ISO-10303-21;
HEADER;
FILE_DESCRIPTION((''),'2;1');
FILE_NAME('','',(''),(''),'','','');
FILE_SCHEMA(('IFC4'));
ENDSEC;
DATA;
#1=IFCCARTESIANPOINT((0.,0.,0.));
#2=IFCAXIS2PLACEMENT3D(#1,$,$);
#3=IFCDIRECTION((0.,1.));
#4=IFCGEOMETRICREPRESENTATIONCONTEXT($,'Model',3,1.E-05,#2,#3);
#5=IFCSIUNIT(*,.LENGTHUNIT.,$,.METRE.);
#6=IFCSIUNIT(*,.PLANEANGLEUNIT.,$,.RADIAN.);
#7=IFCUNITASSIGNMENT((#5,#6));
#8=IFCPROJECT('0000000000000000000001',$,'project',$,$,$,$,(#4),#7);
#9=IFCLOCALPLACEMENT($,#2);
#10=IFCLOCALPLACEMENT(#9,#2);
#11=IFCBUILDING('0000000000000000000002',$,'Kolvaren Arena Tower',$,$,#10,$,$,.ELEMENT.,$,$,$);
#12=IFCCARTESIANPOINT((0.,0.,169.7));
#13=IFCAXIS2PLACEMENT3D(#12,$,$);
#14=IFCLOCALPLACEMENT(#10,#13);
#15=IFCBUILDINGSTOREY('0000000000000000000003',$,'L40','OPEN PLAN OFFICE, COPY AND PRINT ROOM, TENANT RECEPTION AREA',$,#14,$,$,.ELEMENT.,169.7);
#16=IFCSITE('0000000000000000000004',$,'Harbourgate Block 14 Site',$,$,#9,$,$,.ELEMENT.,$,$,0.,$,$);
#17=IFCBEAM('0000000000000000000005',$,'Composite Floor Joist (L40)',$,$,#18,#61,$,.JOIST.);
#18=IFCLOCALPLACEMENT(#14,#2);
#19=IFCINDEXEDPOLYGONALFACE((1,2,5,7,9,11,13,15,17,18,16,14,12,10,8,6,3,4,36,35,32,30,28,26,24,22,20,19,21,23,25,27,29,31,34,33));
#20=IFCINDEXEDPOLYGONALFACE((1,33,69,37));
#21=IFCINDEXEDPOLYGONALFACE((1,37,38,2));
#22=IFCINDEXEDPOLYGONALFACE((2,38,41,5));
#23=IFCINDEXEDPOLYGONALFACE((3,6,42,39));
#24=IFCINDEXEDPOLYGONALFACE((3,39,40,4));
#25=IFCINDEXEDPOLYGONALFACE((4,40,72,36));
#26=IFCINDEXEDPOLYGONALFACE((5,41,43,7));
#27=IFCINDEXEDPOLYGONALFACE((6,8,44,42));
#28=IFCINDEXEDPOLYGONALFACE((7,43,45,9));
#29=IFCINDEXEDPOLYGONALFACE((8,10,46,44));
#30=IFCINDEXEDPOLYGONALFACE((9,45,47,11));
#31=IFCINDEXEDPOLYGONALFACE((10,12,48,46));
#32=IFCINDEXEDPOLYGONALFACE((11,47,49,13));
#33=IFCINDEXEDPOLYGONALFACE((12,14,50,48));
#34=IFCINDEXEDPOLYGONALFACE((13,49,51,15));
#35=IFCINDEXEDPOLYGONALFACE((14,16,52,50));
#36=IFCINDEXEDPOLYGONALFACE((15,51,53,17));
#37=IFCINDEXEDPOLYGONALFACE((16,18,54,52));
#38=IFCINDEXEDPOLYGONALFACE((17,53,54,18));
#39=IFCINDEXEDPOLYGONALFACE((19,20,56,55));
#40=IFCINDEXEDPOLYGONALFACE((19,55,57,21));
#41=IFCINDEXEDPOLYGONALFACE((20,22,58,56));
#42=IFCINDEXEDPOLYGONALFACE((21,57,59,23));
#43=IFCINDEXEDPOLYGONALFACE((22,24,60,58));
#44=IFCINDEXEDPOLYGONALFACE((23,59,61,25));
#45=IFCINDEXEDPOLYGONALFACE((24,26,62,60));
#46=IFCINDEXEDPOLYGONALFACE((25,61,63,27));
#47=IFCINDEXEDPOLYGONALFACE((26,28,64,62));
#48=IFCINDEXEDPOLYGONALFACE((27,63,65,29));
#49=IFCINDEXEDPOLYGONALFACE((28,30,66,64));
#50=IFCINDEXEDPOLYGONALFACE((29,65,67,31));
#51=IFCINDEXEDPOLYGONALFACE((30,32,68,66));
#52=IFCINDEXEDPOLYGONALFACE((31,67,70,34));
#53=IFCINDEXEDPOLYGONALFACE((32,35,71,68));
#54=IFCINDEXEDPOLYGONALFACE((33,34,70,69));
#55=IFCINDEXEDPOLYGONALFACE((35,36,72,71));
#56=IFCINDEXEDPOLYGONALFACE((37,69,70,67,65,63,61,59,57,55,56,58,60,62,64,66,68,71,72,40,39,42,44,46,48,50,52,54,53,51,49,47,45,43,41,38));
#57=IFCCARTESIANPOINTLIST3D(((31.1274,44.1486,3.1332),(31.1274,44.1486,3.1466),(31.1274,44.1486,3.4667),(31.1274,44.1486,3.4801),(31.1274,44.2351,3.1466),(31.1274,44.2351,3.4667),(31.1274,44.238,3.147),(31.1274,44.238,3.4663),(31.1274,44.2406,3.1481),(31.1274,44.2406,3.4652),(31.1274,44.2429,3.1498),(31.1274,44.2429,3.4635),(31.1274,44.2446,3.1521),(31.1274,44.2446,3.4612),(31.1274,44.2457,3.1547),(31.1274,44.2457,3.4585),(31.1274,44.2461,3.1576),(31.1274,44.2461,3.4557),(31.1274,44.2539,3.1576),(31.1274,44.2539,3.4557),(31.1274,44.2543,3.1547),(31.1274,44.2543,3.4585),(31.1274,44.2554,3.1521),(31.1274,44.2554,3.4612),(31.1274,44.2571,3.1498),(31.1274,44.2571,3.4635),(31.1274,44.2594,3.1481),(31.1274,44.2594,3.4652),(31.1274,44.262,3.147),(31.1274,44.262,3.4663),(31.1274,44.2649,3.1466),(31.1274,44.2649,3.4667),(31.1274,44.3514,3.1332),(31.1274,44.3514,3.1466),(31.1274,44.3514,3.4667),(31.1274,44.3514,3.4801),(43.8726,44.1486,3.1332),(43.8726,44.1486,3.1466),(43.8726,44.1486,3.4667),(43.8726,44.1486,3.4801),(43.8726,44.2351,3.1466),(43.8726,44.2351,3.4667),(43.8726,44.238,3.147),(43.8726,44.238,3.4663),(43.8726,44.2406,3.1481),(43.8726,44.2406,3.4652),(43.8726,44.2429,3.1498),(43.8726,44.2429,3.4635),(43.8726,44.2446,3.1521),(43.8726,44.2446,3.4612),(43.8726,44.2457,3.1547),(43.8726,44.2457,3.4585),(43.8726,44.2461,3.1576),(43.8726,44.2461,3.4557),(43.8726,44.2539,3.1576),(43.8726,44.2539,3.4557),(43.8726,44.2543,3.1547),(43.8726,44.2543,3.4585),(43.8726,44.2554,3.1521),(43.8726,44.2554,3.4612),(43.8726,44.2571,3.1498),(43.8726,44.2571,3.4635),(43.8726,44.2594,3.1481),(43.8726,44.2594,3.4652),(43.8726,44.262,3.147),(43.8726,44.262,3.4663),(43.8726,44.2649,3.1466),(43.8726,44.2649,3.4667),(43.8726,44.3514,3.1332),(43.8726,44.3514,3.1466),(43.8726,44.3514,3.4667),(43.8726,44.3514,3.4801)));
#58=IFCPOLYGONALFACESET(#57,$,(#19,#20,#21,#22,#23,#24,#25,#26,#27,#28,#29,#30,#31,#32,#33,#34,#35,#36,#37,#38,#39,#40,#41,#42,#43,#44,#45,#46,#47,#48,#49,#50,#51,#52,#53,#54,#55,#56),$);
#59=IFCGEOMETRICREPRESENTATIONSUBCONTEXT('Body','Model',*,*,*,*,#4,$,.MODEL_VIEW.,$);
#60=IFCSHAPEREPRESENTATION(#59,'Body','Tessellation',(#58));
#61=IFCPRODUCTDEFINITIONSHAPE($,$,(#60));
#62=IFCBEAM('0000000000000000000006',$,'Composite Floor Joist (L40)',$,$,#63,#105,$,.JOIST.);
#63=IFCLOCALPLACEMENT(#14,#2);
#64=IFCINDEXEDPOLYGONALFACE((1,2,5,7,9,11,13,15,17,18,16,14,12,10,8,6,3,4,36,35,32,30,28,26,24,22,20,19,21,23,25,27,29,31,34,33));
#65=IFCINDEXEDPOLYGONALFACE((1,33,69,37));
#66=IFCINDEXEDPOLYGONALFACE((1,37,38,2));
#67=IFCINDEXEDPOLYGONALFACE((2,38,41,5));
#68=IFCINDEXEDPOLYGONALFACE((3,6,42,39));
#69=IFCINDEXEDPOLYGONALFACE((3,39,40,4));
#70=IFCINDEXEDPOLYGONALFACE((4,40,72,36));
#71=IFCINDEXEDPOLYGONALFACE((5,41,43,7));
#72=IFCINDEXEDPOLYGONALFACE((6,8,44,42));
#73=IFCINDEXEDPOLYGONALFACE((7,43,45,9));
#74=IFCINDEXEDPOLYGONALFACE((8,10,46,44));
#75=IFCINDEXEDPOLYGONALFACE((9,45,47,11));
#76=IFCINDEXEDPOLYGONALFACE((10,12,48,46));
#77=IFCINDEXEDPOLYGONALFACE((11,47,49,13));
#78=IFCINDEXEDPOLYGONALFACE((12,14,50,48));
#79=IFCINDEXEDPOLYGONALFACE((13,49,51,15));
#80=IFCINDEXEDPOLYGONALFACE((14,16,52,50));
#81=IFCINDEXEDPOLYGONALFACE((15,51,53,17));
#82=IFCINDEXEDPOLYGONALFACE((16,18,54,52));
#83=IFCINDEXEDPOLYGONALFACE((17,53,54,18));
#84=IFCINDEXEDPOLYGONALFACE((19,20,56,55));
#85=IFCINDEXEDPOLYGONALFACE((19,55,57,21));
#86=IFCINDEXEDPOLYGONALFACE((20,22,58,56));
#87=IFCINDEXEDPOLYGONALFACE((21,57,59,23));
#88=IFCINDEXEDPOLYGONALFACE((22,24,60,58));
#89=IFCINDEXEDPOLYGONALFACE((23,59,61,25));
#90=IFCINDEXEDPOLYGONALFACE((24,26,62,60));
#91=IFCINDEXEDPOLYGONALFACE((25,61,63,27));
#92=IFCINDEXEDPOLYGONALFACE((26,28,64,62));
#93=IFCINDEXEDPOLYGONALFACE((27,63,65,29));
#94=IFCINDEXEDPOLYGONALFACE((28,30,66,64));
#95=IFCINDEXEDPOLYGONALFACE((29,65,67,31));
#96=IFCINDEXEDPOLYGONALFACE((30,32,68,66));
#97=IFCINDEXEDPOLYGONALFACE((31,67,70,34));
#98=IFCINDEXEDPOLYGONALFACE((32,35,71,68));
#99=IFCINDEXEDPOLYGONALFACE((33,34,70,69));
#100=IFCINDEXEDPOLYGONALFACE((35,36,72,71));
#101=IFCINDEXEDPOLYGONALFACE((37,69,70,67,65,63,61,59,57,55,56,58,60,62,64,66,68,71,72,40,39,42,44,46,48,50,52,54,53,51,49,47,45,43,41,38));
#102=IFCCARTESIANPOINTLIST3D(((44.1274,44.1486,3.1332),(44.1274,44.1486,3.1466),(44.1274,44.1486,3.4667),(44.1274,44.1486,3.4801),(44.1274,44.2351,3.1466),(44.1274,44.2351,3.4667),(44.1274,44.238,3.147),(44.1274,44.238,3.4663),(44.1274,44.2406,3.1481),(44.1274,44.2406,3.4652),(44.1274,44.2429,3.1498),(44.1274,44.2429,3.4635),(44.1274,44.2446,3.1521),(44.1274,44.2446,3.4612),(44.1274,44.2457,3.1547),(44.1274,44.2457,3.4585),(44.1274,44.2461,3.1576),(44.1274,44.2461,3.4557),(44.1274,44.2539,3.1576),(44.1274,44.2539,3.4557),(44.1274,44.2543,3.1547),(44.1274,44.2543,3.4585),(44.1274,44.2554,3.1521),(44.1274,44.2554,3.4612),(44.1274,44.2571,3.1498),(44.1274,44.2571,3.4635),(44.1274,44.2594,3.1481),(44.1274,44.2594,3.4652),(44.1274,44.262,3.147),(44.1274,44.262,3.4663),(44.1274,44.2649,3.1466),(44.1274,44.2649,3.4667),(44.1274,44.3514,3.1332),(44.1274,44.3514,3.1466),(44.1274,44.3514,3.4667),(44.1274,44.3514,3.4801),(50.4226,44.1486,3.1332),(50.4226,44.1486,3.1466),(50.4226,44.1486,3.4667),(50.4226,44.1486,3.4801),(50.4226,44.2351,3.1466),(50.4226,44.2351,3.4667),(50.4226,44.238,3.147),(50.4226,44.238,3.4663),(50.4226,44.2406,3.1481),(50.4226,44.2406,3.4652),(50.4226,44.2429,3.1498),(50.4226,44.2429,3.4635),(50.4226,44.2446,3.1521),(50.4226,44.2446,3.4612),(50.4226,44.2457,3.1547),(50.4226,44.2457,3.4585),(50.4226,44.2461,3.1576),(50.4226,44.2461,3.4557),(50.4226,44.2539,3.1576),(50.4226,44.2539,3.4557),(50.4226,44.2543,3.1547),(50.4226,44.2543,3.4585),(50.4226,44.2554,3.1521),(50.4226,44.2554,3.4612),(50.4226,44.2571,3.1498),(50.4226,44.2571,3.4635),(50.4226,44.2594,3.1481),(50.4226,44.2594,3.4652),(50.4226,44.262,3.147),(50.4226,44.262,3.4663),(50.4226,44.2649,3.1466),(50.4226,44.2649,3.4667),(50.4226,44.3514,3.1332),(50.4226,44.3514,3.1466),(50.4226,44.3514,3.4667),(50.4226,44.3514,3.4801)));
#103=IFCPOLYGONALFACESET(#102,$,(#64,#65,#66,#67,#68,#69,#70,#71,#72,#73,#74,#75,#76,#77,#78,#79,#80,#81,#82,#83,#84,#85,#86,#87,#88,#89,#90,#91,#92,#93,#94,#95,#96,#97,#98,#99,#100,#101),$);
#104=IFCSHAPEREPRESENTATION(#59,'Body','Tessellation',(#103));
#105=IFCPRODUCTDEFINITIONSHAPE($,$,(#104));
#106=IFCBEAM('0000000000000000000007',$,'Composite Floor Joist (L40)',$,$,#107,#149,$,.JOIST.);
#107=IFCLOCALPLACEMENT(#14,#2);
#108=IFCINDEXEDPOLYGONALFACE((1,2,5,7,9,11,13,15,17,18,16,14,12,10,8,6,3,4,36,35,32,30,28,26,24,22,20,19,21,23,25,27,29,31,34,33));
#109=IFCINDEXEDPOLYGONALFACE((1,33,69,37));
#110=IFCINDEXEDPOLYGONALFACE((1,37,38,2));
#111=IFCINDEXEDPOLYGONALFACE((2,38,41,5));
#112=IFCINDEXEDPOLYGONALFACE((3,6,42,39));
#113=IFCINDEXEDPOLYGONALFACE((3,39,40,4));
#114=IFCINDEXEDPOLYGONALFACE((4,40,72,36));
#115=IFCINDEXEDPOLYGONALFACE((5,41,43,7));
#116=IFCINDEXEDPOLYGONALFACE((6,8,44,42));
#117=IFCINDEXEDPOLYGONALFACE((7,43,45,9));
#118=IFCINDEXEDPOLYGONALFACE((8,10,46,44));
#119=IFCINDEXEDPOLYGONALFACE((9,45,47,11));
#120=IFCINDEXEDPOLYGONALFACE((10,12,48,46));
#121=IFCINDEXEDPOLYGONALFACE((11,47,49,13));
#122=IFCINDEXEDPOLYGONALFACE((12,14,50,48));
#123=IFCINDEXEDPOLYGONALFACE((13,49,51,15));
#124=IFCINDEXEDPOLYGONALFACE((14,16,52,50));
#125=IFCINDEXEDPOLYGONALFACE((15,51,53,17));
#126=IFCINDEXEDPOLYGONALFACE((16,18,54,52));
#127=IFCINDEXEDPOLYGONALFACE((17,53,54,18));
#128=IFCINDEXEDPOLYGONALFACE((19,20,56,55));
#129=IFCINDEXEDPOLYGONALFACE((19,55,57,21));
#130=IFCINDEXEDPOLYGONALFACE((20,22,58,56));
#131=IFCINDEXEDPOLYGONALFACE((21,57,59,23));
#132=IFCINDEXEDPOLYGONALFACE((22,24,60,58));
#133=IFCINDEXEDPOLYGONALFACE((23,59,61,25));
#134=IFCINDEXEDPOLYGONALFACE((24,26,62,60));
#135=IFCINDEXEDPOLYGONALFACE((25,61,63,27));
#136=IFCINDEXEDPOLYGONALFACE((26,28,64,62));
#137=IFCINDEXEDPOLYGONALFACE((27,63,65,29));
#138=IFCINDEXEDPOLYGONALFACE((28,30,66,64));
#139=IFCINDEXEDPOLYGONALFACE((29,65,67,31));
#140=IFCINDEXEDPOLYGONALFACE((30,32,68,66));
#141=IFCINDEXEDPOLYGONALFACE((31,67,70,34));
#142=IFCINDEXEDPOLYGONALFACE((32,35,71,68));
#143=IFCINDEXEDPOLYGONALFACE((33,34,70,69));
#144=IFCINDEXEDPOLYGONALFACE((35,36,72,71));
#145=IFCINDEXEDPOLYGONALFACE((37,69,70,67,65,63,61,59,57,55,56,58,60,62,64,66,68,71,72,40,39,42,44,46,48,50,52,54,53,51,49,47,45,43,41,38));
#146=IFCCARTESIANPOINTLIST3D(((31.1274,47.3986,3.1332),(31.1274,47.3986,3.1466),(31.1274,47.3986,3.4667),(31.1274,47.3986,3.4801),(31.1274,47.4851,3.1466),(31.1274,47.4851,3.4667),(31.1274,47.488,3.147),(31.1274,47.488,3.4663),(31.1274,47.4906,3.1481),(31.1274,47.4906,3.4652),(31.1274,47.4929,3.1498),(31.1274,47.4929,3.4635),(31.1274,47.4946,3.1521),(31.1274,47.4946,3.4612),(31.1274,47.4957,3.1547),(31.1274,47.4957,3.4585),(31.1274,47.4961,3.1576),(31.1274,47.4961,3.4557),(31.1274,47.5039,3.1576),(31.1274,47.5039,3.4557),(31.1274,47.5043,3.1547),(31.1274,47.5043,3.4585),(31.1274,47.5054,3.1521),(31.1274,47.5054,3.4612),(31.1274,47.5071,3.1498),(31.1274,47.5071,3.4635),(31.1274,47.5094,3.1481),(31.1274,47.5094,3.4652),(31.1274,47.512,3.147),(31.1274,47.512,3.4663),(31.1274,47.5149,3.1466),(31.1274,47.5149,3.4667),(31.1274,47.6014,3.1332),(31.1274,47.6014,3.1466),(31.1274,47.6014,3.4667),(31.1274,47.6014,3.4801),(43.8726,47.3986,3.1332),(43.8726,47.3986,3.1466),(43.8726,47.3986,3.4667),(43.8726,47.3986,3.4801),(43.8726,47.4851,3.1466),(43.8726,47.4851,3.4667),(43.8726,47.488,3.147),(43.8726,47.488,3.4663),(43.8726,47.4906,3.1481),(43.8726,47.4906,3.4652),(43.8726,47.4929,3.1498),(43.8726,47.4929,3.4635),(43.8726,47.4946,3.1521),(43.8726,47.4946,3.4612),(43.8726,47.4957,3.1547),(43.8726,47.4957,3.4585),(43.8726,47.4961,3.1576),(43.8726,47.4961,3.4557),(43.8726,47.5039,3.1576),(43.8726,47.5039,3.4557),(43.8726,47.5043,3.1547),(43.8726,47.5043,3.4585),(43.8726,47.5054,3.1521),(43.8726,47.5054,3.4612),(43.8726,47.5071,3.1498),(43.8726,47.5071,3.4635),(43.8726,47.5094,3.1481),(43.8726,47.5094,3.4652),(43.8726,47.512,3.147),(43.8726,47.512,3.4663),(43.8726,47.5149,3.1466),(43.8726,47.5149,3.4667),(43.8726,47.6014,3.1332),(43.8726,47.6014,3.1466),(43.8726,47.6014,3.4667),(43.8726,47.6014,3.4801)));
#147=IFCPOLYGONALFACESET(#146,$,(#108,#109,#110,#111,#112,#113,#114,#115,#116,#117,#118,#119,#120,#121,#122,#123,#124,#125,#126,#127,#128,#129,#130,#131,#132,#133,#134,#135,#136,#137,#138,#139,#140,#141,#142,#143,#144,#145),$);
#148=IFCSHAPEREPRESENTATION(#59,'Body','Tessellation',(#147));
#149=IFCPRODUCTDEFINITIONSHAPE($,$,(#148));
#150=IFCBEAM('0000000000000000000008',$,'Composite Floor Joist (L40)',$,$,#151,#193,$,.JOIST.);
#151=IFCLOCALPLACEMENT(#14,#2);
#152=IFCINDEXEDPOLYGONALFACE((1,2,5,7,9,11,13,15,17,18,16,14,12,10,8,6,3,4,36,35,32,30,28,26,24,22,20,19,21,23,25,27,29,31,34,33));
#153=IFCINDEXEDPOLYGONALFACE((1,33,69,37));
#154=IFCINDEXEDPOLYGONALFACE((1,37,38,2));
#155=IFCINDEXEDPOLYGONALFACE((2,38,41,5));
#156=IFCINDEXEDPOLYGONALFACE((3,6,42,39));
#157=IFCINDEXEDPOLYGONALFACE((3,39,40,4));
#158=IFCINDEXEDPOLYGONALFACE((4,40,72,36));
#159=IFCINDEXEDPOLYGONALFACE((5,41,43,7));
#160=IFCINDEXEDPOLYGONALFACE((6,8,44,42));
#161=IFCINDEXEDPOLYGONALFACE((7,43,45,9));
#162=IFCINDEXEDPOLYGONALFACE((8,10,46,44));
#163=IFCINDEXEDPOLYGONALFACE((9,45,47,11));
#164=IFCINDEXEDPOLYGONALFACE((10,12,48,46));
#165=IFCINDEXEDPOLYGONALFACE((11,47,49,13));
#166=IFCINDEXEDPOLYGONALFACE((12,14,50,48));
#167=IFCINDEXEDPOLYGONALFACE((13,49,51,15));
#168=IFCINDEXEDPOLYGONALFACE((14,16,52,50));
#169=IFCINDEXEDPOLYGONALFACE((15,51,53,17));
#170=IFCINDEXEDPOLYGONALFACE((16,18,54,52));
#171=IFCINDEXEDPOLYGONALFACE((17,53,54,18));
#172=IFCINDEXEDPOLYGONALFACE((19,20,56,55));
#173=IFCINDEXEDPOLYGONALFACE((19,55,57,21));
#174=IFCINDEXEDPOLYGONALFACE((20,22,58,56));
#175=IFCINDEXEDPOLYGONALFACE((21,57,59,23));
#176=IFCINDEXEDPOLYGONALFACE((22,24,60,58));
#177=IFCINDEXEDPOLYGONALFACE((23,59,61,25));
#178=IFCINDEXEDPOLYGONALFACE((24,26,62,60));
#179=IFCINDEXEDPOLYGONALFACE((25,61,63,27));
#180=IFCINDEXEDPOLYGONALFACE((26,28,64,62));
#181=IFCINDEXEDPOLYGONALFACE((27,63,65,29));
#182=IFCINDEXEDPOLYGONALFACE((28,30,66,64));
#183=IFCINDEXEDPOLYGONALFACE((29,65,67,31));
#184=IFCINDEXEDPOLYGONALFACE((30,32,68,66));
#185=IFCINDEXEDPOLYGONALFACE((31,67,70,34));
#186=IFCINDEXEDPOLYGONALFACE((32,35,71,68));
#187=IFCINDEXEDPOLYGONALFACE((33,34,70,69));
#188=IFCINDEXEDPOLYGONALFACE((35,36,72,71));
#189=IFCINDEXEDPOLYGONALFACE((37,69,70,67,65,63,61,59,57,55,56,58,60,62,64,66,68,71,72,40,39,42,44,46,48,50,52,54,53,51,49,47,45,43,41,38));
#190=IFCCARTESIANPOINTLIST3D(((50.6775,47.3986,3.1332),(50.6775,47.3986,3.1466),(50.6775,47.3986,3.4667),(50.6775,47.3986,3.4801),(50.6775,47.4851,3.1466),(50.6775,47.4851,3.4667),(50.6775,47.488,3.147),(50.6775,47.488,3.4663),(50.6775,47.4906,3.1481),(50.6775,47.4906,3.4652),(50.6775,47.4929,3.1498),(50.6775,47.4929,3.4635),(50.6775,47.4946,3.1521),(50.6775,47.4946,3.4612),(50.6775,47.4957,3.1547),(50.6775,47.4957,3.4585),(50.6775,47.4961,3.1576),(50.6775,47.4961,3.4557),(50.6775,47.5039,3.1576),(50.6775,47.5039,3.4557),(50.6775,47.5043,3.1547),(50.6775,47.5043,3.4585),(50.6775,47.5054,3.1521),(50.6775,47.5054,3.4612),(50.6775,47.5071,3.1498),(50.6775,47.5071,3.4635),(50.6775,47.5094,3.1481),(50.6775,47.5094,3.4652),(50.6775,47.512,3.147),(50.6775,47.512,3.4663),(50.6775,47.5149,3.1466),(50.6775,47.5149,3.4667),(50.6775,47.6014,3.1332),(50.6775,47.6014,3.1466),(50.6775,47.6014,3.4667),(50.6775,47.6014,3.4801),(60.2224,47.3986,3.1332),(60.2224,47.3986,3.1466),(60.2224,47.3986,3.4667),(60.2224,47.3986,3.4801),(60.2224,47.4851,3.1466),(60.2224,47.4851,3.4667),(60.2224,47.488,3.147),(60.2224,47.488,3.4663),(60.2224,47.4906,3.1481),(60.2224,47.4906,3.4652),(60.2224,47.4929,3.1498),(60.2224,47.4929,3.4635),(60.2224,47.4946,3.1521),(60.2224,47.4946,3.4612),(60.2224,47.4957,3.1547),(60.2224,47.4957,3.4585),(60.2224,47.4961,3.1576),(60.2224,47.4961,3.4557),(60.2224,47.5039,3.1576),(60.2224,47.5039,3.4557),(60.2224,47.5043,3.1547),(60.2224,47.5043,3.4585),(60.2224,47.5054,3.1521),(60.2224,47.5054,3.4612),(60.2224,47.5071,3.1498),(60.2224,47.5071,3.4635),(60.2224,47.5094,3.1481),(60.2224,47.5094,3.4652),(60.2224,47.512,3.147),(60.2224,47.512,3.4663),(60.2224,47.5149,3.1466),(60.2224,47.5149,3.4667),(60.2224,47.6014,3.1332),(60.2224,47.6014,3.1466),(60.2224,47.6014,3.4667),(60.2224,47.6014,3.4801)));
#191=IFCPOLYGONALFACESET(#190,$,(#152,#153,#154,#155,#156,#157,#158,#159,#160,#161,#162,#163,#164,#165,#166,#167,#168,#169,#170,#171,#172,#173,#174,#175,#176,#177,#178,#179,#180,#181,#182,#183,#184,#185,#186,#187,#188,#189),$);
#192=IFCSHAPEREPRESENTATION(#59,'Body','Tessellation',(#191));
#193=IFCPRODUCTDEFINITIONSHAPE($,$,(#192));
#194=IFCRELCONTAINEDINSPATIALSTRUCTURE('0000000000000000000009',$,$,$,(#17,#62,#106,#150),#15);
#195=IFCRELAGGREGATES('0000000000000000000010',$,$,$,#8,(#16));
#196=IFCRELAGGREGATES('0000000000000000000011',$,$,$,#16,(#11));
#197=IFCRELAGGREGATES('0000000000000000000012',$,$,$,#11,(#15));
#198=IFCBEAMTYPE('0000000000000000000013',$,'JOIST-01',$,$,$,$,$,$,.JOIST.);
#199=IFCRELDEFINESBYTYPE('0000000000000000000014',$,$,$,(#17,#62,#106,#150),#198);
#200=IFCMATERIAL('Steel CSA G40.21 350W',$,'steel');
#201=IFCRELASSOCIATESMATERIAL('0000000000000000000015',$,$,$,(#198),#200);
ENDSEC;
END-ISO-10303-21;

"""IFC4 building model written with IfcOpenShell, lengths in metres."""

from ifc_helpers import new_model, si_unit, direction, frame, origin, origin_2d, place, context, subcontext, project, spatial, i_section, extrude, material, material_profile, profile_set, type_object, element, save


model = new_model("IFC4")

# Units and contexts
model_context = context("Model", 3, precision=1e-05, world=origin(), true_north=direction((0.0, 1.0)))
body_context = subcontext(model_context, "Body", "Model", "MODEL_VIEW")
ifc_project = project(units=[si_unit("LENGTHUNIT", "METRE"), si_unit("PLANEANGLEUNIT", "RADIAN")], contexts=[model_context])

# Site, building, storey
site_placement = place(None, origin())
site = spatial("IfcSite", under=ifc_project, at=site_placement, Name="Harbourgate Block 14 Site", CompositionType="ELEMENT", RefElevation=0.0)
building_placement = place(site_placement, origin())
building = spatial("IfcBuilding", under=site, at=building_placement, Name="Kolvaren Arena Tower", CompositionType="ELEMENT")
storey_placement = place(building_placement, frame((0.0, 0.0, 169.7)))
storey = spatial("IfcBuildingStorey", under=building, at=storey_placement, Name="L40", Description="OPEN PLAN OFFICE, COPY AND PRINT ROOM, TENANT RECEPTION AREA", CompositionType="ELEMENT", Elevation=169.7)

# Beams
ifc_material_1 = material(Name="Steel CSA G40.21 350W", Category="steel")
ifc_material_profile_1 = material_profile(ifc_material_1, i_section(OverallWidth=0.2029, OverallDepth=0.3469, WebThickness=0.0078, FlangeThickness=0.0134, FilletRadius=0.011, at=origin_2d()), Name="W360x64")
ifc_profile_set_1 = profile_set([ifc_material_profile_1], Name="Steel CSA G40.21 350W")
beam_type_1 = type_object("IfcBeamType", Name="JOIST-01", PredefinedType="JOIST", material=ifc_profile_set_1)
beam_1_placement = place(storey_placement, frame((31.1274, 44.25, 3.3066), z_axis=(1.0, 0.0, 0.0), x_axis=(0.0, 1.0, 0.0)))
element("IfcBeam", 1, at=beam_1_placement, inside=storey, type_object=beam_type_1, Name="Composite Floor Joist (L40)", PredefinedType="JOIST", context=body_context, shape_type="SweptSolid", body=[
    extrude(i_section(OverallWidth=0.2029, OverallDepth=0.3469, WebThickness=0.0078, FlangeThickness=0.0134, FilletRadius=0.011, at=origin_2d()), origin(), (0.0, 0.0, 1.0), 12.7451),
])
beam_2_placement = place(storey_placement, frame((44.1274, 44.25, 3.3066), z_axis=(1.0, 0.0, 0.0), x_axis=(0.0, 1.0, 0.0)))
element("IfcBeam", 2, at=beam_2_placement, inside=storey, type_object=beam_type_1, Name="Composite Floor Joist (L40)", PredefinedType="JOIST", context=body_context, shape_type="SweptSolid", body=[
    extrude(i_section(OverallWidth=0.2029, OverallDepth=0.3469, WebThickness=0.0078, FlangeThickness=0.0134, FilletRadius=0.011, at=origin_2d()), origin(), (0.0, 0.0, 1.0), 6.2952),
])
beam_3_placement = place(storey_placement, frame((31.1274, 47.5, 3.3066), z_axis=(1.0, 0.0, 0.0), x_axis=(0.0, 1.0, 0.0)))
element("IfcBeam", 3, at=beam_3_placement, inside=storey, type_object=beam_type_1, Name="Composite Floor Joist (L40)", PredefinedType="JOIST", context=body_context, shape_type="SweptSolid", body=[
    extrude(i_section(OverallWidth=0.2029, OverallDepth=0.3469, WebThickness=0.0078, FlangeThickness=0.0134, FilletRadius=0.011, at=origin_2d()), origin(), (0.0, 0.0, 1.0), 12.7451),
])
beam_4_placement = place(storey_placement, frame((50.6775, 47.5, 3.3066), z_axis=(1.0, 0.0, 0.0), x_axis=(0.0, 1.0, 0.0)))
element("IfcBeam", 4, at=beam_4_placement, inside=storey, type_object=beam_type_1, Name="Composite Floor Joist (L40)", PredefinedType="JOIST", context=body_context, shape_type="SweptSolid", body=[
    extrude(i_section(OverallWidth=0.2029, OverallDepth=0.3469, WebThickness=0.0078, FlangeThickness=0.0134, FilletRadius=0.011, at=origin_2d()), origin(), (0.0, 0.0, 1.0), 9.5449),
])

save(model, "model.ifc")
